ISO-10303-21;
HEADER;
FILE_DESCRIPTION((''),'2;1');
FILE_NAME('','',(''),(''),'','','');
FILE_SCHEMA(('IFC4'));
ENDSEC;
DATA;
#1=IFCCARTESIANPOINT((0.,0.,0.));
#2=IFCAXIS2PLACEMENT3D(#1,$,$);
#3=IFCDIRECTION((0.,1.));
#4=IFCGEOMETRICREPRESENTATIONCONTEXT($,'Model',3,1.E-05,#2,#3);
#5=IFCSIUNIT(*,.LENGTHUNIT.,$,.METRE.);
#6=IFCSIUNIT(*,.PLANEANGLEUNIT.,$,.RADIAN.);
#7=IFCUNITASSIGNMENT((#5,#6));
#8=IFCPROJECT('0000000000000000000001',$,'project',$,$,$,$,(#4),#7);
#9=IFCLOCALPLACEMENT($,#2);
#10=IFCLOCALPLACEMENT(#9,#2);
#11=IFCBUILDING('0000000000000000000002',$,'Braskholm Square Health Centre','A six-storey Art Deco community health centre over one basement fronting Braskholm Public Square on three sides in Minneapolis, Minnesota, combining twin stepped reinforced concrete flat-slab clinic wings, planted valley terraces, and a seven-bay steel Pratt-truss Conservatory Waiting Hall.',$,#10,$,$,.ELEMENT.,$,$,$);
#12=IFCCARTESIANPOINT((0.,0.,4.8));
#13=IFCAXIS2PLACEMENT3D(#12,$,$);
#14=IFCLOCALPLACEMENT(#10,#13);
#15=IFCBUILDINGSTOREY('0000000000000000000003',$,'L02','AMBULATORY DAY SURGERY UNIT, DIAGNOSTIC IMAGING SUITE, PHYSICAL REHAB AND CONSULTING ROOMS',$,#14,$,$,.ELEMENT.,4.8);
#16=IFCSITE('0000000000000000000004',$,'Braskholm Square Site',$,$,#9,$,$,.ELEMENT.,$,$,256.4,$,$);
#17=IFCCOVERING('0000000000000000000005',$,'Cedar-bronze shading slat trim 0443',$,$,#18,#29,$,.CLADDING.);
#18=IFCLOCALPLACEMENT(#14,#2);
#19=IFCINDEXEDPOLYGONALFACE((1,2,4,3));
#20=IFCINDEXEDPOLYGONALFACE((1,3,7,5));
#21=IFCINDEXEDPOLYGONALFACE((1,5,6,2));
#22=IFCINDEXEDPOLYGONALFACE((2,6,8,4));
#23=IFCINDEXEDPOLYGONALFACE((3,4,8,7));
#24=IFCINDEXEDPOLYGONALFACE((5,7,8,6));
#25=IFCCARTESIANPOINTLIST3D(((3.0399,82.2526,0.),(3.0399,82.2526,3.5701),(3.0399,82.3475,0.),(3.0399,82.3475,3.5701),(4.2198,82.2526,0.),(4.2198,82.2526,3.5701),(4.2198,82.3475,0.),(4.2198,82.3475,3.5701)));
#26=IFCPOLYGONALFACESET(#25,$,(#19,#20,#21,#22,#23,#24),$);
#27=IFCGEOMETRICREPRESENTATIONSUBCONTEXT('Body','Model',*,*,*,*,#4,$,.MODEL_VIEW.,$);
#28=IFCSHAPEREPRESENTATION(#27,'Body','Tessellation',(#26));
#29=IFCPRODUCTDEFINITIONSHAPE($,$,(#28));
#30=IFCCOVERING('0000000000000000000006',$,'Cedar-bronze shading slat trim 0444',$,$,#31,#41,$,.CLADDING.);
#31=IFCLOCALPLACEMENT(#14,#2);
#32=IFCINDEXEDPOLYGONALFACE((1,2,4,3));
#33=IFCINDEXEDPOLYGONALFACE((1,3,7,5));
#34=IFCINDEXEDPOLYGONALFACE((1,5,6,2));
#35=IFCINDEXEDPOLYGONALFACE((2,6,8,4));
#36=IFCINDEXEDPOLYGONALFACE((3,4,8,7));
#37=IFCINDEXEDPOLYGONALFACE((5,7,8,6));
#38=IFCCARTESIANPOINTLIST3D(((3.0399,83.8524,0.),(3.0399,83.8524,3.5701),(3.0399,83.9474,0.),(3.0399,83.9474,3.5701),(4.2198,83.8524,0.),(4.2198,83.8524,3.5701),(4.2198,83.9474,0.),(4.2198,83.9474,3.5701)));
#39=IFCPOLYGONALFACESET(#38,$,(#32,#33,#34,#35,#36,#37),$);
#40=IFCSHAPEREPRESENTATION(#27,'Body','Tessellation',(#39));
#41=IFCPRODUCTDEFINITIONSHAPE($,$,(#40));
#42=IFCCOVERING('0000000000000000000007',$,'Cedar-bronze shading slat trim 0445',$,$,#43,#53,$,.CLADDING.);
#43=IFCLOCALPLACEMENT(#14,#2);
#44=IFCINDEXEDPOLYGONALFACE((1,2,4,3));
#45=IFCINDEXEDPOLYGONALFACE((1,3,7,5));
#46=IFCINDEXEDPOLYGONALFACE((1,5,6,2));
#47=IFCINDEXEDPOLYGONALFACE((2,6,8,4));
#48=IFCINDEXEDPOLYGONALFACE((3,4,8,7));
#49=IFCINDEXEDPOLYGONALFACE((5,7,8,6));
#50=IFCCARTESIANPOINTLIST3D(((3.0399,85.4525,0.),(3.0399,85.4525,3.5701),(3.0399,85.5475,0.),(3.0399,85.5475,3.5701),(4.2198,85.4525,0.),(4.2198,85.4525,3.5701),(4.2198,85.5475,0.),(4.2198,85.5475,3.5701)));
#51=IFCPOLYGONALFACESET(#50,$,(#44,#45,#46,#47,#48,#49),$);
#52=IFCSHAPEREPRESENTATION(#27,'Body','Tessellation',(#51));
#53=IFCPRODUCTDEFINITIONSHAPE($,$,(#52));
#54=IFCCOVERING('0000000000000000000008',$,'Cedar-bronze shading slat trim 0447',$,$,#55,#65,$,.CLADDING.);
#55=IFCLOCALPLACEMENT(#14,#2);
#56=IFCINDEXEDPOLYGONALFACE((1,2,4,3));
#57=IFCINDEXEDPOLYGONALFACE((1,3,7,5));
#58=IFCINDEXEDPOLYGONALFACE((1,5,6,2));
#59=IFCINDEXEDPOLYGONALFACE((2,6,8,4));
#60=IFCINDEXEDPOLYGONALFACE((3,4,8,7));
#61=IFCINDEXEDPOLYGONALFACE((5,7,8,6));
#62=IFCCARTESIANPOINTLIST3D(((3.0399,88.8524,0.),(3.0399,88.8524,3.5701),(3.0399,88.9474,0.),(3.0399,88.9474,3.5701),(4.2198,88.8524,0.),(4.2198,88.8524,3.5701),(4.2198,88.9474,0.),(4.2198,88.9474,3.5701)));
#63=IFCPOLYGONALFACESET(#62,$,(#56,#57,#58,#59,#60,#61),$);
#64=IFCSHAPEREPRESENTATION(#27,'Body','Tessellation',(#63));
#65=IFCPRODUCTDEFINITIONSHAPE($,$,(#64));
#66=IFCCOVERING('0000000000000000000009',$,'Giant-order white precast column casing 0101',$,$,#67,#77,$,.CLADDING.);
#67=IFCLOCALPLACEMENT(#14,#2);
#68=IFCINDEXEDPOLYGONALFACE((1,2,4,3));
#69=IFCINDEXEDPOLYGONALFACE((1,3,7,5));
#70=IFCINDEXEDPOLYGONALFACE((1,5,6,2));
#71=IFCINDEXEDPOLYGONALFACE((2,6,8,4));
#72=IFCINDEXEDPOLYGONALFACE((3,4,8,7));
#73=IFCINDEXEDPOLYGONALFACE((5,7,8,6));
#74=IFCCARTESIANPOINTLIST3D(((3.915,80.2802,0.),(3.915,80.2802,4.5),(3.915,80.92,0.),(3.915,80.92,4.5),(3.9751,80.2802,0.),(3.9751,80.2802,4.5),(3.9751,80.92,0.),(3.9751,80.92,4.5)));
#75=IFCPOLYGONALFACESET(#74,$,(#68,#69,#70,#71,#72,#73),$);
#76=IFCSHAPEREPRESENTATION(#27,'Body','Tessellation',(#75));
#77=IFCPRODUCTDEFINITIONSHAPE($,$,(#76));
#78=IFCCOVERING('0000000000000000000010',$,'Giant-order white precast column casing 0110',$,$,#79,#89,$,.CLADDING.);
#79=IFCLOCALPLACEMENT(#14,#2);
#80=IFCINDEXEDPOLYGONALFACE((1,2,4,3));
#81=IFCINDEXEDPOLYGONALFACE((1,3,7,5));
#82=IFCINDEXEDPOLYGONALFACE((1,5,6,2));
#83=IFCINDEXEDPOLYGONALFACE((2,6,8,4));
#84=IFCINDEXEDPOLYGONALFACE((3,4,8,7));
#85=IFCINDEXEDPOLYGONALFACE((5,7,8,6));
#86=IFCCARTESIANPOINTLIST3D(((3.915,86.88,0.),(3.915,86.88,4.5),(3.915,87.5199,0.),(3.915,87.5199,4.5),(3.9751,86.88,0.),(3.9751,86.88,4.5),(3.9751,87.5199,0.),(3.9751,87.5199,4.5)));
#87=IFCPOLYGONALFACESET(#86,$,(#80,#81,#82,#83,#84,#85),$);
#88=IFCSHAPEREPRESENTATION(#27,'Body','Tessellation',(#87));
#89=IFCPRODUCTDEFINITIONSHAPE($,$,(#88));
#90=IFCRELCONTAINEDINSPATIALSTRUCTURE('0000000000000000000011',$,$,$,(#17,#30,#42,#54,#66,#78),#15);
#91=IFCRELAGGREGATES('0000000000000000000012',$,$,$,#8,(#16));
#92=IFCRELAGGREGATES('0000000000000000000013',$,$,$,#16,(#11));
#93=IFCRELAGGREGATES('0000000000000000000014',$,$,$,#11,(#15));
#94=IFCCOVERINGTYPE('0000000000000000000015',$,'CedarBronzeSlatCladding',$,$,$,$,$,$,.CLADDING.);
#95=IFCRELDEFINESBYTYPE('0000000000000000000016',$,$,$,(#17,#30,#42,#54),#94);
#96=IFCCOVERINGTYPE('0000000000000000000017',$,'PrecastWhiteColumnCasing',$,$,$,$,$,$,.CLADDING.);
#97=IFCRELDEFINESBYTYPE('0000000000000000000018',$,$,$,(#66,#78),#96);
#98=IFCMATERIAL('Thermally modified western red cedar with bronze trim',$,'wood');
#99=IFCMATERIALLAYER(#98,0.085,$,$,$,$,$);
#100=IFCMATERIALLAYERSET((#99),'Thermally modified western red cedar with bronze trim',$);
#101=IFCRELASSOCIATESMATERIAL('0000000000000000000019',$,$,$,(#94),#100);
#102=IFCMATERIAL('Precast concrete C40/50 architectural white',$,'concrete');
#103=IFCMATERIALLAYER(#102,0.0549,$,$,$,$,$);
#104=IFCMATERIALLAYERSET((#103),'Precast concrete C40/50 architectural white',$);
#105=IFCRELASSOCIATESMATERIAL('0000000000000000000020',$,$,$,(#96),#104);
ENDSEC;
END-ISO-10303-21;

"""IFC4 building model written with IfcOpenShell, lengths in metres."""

from ifc_helpers import new_model, si_unit, direction, frame, origin, origin_2d, place, context, subcontext, project, spatial, rectangle, extrude, material, layer, layer_set, type_object, element, save


model = new_model("IFC4")

# Units and contexts
model_context = context("Model", 3, precision=1e-05, world=origin(), true_north=direction((0.0, 1.0)))
body_context = subcontext(model_context, "Body", "Model", "MODEL_VIEW")
ifc_project = project(units=[si_unit("LENGTHUNIT", "METRE"), si_unit("PLANEANGLEUNIT", "RADIAN")], contexts=[model_context])

# Site, building, storey
site_placement = place(None, origin())
site = spatial("IfcSite", under=ifc_project, at=site_placement, Name="Braskholm Square Site", CompositionType="ELEMENT", RefElevation=256.4)
building_placement = place(site_placement, origin())
building = spatial("IfcBuilding", under=site, at=building_placement, Name="Braskholm Square Health Centre", Description="A six-storey Art Deco community health centre over one basement fronting Braskholm Public Square on three sides in Minneapolis, Minnesota, combining twin stepped reinforced concrete flat-slab clinic wings, planted valley terraces, and a seven-bay steel Pratt-truss Conservatory Waiting Hall.", CompositionType="ELEMENT")
storey_placement = place(building_placement, frame((0.0, 0.0, 4.8)))
storey = spatial("IfcBuildingStorey", under=building, at=storey_placement, Name="L02", Description="AMBULATORY DAY SURGERY UNIT, DIAGNOSTIC IMAGING SUITE, PHYSICAL REHAB AND CONSULTING ROOMS", CompositionType="ELEMENT", Elevation=4.8)

# Shared definitions
ifc_material_1 = material(Name="Precast concrete C40/50 architectural white", Category="concrete")

# Shared definitions
ifc_material_2 = material(Name="Thermally modified western red cedar with bronze trim", Category="wood")

# Coverings
ifc_layer_1 = layer(ifc_material_2, 0.085)
ifc_layer_set_1 = layer_set([ifc_layer_1], Name="Thermally modified western red cedar with bronze trim")
covering_type_1 = type_object("IfcCoveringType", Name="CedarBronzeSlatCladding", PredefinedType="CLADDING", material=ifc_layer_set_1)
for number, where, z_axis, x_axis, name in (
    (1, (3.6299, 82.3, 0.0), (0.0, 0.0, 1.0), (1.0, 0.0, 0.0), "Cedar-bronze shading slat trim 0443"),
    (2, (3.6299, 83.8999, 0.0), (0.0, 0.0, 1.0), (1.0, 0.0, 0.0), "Cedar-bronze shading slat trim 0444"),
    (3, (3.6299, 85.5, 0.0), (0.0, 0.0, 1.0), (1.0, 0.0, 0.0), "Cedar-bronze shading slat trim 0445"),
    (4, (3.6299, 88.8999, 0.0), (0.0, 0.0, 1.0), (1.0, 0.0, 0.0), "Cedar-bronze shading slat trim 0447"),
):
    element("IfcCovering", number, at=place(storey_placement, frame(where, z_axis=z_axis, x_axis=x_axis)), inside=storey, type_object=covering_type_1, Name=name, PredefinedType="CLADDING", context=body_context, shape_type="SweptSolid", body=[
        extrude(rectangle(XDim=1.1799, YDim=0.095, at=origin_2d()), origin(), (0.0, 0.0, 1.0), 3.5701),
    ])
ifc_layer_2 = layer(ifc_material_1, 0.0549)
ifc_layer_set_2 = layer_set([ifc_layer_2], Name="Precast concrete C40/50 architectural white")
covering_type_2 = type_object("IfcCoveringType", Name="PrecastWhiteColumnCasing", PredefinedType="CLADDING", material=ifc_layer_set_2)
for number, where, z_axis, x_axis, name in (
    (5, (3.9451, 80.6001, 0.0), (0.0, 0.0, 1.0), (1.0, 0.0, 0.0), "Giant-order white precast column casing 0101"),
    (6, (3.9451, 87.2, 0.0), (0.0, 0.0, 1.0), (1.0, 0.0, 0.0), "Giant-order white precast column casing 0110"),
):
    element("IfcCovering", number, at=place(storey_placement, frame(where, z_axis=z_axis, x_axis=x_axis)), inside=storey, type_object=covering_type_2, Name=name, PredefinedType="CLADDING", context=body_context, shape_type="SweptSolid", body=[
        extrude(rectangle(XDim=0.0601, YDim=0.6399, at=origin_2d()), origin(), (0.0, 0.0, 1.0), 4.5),
    ])

save(model, "model.ifc")
